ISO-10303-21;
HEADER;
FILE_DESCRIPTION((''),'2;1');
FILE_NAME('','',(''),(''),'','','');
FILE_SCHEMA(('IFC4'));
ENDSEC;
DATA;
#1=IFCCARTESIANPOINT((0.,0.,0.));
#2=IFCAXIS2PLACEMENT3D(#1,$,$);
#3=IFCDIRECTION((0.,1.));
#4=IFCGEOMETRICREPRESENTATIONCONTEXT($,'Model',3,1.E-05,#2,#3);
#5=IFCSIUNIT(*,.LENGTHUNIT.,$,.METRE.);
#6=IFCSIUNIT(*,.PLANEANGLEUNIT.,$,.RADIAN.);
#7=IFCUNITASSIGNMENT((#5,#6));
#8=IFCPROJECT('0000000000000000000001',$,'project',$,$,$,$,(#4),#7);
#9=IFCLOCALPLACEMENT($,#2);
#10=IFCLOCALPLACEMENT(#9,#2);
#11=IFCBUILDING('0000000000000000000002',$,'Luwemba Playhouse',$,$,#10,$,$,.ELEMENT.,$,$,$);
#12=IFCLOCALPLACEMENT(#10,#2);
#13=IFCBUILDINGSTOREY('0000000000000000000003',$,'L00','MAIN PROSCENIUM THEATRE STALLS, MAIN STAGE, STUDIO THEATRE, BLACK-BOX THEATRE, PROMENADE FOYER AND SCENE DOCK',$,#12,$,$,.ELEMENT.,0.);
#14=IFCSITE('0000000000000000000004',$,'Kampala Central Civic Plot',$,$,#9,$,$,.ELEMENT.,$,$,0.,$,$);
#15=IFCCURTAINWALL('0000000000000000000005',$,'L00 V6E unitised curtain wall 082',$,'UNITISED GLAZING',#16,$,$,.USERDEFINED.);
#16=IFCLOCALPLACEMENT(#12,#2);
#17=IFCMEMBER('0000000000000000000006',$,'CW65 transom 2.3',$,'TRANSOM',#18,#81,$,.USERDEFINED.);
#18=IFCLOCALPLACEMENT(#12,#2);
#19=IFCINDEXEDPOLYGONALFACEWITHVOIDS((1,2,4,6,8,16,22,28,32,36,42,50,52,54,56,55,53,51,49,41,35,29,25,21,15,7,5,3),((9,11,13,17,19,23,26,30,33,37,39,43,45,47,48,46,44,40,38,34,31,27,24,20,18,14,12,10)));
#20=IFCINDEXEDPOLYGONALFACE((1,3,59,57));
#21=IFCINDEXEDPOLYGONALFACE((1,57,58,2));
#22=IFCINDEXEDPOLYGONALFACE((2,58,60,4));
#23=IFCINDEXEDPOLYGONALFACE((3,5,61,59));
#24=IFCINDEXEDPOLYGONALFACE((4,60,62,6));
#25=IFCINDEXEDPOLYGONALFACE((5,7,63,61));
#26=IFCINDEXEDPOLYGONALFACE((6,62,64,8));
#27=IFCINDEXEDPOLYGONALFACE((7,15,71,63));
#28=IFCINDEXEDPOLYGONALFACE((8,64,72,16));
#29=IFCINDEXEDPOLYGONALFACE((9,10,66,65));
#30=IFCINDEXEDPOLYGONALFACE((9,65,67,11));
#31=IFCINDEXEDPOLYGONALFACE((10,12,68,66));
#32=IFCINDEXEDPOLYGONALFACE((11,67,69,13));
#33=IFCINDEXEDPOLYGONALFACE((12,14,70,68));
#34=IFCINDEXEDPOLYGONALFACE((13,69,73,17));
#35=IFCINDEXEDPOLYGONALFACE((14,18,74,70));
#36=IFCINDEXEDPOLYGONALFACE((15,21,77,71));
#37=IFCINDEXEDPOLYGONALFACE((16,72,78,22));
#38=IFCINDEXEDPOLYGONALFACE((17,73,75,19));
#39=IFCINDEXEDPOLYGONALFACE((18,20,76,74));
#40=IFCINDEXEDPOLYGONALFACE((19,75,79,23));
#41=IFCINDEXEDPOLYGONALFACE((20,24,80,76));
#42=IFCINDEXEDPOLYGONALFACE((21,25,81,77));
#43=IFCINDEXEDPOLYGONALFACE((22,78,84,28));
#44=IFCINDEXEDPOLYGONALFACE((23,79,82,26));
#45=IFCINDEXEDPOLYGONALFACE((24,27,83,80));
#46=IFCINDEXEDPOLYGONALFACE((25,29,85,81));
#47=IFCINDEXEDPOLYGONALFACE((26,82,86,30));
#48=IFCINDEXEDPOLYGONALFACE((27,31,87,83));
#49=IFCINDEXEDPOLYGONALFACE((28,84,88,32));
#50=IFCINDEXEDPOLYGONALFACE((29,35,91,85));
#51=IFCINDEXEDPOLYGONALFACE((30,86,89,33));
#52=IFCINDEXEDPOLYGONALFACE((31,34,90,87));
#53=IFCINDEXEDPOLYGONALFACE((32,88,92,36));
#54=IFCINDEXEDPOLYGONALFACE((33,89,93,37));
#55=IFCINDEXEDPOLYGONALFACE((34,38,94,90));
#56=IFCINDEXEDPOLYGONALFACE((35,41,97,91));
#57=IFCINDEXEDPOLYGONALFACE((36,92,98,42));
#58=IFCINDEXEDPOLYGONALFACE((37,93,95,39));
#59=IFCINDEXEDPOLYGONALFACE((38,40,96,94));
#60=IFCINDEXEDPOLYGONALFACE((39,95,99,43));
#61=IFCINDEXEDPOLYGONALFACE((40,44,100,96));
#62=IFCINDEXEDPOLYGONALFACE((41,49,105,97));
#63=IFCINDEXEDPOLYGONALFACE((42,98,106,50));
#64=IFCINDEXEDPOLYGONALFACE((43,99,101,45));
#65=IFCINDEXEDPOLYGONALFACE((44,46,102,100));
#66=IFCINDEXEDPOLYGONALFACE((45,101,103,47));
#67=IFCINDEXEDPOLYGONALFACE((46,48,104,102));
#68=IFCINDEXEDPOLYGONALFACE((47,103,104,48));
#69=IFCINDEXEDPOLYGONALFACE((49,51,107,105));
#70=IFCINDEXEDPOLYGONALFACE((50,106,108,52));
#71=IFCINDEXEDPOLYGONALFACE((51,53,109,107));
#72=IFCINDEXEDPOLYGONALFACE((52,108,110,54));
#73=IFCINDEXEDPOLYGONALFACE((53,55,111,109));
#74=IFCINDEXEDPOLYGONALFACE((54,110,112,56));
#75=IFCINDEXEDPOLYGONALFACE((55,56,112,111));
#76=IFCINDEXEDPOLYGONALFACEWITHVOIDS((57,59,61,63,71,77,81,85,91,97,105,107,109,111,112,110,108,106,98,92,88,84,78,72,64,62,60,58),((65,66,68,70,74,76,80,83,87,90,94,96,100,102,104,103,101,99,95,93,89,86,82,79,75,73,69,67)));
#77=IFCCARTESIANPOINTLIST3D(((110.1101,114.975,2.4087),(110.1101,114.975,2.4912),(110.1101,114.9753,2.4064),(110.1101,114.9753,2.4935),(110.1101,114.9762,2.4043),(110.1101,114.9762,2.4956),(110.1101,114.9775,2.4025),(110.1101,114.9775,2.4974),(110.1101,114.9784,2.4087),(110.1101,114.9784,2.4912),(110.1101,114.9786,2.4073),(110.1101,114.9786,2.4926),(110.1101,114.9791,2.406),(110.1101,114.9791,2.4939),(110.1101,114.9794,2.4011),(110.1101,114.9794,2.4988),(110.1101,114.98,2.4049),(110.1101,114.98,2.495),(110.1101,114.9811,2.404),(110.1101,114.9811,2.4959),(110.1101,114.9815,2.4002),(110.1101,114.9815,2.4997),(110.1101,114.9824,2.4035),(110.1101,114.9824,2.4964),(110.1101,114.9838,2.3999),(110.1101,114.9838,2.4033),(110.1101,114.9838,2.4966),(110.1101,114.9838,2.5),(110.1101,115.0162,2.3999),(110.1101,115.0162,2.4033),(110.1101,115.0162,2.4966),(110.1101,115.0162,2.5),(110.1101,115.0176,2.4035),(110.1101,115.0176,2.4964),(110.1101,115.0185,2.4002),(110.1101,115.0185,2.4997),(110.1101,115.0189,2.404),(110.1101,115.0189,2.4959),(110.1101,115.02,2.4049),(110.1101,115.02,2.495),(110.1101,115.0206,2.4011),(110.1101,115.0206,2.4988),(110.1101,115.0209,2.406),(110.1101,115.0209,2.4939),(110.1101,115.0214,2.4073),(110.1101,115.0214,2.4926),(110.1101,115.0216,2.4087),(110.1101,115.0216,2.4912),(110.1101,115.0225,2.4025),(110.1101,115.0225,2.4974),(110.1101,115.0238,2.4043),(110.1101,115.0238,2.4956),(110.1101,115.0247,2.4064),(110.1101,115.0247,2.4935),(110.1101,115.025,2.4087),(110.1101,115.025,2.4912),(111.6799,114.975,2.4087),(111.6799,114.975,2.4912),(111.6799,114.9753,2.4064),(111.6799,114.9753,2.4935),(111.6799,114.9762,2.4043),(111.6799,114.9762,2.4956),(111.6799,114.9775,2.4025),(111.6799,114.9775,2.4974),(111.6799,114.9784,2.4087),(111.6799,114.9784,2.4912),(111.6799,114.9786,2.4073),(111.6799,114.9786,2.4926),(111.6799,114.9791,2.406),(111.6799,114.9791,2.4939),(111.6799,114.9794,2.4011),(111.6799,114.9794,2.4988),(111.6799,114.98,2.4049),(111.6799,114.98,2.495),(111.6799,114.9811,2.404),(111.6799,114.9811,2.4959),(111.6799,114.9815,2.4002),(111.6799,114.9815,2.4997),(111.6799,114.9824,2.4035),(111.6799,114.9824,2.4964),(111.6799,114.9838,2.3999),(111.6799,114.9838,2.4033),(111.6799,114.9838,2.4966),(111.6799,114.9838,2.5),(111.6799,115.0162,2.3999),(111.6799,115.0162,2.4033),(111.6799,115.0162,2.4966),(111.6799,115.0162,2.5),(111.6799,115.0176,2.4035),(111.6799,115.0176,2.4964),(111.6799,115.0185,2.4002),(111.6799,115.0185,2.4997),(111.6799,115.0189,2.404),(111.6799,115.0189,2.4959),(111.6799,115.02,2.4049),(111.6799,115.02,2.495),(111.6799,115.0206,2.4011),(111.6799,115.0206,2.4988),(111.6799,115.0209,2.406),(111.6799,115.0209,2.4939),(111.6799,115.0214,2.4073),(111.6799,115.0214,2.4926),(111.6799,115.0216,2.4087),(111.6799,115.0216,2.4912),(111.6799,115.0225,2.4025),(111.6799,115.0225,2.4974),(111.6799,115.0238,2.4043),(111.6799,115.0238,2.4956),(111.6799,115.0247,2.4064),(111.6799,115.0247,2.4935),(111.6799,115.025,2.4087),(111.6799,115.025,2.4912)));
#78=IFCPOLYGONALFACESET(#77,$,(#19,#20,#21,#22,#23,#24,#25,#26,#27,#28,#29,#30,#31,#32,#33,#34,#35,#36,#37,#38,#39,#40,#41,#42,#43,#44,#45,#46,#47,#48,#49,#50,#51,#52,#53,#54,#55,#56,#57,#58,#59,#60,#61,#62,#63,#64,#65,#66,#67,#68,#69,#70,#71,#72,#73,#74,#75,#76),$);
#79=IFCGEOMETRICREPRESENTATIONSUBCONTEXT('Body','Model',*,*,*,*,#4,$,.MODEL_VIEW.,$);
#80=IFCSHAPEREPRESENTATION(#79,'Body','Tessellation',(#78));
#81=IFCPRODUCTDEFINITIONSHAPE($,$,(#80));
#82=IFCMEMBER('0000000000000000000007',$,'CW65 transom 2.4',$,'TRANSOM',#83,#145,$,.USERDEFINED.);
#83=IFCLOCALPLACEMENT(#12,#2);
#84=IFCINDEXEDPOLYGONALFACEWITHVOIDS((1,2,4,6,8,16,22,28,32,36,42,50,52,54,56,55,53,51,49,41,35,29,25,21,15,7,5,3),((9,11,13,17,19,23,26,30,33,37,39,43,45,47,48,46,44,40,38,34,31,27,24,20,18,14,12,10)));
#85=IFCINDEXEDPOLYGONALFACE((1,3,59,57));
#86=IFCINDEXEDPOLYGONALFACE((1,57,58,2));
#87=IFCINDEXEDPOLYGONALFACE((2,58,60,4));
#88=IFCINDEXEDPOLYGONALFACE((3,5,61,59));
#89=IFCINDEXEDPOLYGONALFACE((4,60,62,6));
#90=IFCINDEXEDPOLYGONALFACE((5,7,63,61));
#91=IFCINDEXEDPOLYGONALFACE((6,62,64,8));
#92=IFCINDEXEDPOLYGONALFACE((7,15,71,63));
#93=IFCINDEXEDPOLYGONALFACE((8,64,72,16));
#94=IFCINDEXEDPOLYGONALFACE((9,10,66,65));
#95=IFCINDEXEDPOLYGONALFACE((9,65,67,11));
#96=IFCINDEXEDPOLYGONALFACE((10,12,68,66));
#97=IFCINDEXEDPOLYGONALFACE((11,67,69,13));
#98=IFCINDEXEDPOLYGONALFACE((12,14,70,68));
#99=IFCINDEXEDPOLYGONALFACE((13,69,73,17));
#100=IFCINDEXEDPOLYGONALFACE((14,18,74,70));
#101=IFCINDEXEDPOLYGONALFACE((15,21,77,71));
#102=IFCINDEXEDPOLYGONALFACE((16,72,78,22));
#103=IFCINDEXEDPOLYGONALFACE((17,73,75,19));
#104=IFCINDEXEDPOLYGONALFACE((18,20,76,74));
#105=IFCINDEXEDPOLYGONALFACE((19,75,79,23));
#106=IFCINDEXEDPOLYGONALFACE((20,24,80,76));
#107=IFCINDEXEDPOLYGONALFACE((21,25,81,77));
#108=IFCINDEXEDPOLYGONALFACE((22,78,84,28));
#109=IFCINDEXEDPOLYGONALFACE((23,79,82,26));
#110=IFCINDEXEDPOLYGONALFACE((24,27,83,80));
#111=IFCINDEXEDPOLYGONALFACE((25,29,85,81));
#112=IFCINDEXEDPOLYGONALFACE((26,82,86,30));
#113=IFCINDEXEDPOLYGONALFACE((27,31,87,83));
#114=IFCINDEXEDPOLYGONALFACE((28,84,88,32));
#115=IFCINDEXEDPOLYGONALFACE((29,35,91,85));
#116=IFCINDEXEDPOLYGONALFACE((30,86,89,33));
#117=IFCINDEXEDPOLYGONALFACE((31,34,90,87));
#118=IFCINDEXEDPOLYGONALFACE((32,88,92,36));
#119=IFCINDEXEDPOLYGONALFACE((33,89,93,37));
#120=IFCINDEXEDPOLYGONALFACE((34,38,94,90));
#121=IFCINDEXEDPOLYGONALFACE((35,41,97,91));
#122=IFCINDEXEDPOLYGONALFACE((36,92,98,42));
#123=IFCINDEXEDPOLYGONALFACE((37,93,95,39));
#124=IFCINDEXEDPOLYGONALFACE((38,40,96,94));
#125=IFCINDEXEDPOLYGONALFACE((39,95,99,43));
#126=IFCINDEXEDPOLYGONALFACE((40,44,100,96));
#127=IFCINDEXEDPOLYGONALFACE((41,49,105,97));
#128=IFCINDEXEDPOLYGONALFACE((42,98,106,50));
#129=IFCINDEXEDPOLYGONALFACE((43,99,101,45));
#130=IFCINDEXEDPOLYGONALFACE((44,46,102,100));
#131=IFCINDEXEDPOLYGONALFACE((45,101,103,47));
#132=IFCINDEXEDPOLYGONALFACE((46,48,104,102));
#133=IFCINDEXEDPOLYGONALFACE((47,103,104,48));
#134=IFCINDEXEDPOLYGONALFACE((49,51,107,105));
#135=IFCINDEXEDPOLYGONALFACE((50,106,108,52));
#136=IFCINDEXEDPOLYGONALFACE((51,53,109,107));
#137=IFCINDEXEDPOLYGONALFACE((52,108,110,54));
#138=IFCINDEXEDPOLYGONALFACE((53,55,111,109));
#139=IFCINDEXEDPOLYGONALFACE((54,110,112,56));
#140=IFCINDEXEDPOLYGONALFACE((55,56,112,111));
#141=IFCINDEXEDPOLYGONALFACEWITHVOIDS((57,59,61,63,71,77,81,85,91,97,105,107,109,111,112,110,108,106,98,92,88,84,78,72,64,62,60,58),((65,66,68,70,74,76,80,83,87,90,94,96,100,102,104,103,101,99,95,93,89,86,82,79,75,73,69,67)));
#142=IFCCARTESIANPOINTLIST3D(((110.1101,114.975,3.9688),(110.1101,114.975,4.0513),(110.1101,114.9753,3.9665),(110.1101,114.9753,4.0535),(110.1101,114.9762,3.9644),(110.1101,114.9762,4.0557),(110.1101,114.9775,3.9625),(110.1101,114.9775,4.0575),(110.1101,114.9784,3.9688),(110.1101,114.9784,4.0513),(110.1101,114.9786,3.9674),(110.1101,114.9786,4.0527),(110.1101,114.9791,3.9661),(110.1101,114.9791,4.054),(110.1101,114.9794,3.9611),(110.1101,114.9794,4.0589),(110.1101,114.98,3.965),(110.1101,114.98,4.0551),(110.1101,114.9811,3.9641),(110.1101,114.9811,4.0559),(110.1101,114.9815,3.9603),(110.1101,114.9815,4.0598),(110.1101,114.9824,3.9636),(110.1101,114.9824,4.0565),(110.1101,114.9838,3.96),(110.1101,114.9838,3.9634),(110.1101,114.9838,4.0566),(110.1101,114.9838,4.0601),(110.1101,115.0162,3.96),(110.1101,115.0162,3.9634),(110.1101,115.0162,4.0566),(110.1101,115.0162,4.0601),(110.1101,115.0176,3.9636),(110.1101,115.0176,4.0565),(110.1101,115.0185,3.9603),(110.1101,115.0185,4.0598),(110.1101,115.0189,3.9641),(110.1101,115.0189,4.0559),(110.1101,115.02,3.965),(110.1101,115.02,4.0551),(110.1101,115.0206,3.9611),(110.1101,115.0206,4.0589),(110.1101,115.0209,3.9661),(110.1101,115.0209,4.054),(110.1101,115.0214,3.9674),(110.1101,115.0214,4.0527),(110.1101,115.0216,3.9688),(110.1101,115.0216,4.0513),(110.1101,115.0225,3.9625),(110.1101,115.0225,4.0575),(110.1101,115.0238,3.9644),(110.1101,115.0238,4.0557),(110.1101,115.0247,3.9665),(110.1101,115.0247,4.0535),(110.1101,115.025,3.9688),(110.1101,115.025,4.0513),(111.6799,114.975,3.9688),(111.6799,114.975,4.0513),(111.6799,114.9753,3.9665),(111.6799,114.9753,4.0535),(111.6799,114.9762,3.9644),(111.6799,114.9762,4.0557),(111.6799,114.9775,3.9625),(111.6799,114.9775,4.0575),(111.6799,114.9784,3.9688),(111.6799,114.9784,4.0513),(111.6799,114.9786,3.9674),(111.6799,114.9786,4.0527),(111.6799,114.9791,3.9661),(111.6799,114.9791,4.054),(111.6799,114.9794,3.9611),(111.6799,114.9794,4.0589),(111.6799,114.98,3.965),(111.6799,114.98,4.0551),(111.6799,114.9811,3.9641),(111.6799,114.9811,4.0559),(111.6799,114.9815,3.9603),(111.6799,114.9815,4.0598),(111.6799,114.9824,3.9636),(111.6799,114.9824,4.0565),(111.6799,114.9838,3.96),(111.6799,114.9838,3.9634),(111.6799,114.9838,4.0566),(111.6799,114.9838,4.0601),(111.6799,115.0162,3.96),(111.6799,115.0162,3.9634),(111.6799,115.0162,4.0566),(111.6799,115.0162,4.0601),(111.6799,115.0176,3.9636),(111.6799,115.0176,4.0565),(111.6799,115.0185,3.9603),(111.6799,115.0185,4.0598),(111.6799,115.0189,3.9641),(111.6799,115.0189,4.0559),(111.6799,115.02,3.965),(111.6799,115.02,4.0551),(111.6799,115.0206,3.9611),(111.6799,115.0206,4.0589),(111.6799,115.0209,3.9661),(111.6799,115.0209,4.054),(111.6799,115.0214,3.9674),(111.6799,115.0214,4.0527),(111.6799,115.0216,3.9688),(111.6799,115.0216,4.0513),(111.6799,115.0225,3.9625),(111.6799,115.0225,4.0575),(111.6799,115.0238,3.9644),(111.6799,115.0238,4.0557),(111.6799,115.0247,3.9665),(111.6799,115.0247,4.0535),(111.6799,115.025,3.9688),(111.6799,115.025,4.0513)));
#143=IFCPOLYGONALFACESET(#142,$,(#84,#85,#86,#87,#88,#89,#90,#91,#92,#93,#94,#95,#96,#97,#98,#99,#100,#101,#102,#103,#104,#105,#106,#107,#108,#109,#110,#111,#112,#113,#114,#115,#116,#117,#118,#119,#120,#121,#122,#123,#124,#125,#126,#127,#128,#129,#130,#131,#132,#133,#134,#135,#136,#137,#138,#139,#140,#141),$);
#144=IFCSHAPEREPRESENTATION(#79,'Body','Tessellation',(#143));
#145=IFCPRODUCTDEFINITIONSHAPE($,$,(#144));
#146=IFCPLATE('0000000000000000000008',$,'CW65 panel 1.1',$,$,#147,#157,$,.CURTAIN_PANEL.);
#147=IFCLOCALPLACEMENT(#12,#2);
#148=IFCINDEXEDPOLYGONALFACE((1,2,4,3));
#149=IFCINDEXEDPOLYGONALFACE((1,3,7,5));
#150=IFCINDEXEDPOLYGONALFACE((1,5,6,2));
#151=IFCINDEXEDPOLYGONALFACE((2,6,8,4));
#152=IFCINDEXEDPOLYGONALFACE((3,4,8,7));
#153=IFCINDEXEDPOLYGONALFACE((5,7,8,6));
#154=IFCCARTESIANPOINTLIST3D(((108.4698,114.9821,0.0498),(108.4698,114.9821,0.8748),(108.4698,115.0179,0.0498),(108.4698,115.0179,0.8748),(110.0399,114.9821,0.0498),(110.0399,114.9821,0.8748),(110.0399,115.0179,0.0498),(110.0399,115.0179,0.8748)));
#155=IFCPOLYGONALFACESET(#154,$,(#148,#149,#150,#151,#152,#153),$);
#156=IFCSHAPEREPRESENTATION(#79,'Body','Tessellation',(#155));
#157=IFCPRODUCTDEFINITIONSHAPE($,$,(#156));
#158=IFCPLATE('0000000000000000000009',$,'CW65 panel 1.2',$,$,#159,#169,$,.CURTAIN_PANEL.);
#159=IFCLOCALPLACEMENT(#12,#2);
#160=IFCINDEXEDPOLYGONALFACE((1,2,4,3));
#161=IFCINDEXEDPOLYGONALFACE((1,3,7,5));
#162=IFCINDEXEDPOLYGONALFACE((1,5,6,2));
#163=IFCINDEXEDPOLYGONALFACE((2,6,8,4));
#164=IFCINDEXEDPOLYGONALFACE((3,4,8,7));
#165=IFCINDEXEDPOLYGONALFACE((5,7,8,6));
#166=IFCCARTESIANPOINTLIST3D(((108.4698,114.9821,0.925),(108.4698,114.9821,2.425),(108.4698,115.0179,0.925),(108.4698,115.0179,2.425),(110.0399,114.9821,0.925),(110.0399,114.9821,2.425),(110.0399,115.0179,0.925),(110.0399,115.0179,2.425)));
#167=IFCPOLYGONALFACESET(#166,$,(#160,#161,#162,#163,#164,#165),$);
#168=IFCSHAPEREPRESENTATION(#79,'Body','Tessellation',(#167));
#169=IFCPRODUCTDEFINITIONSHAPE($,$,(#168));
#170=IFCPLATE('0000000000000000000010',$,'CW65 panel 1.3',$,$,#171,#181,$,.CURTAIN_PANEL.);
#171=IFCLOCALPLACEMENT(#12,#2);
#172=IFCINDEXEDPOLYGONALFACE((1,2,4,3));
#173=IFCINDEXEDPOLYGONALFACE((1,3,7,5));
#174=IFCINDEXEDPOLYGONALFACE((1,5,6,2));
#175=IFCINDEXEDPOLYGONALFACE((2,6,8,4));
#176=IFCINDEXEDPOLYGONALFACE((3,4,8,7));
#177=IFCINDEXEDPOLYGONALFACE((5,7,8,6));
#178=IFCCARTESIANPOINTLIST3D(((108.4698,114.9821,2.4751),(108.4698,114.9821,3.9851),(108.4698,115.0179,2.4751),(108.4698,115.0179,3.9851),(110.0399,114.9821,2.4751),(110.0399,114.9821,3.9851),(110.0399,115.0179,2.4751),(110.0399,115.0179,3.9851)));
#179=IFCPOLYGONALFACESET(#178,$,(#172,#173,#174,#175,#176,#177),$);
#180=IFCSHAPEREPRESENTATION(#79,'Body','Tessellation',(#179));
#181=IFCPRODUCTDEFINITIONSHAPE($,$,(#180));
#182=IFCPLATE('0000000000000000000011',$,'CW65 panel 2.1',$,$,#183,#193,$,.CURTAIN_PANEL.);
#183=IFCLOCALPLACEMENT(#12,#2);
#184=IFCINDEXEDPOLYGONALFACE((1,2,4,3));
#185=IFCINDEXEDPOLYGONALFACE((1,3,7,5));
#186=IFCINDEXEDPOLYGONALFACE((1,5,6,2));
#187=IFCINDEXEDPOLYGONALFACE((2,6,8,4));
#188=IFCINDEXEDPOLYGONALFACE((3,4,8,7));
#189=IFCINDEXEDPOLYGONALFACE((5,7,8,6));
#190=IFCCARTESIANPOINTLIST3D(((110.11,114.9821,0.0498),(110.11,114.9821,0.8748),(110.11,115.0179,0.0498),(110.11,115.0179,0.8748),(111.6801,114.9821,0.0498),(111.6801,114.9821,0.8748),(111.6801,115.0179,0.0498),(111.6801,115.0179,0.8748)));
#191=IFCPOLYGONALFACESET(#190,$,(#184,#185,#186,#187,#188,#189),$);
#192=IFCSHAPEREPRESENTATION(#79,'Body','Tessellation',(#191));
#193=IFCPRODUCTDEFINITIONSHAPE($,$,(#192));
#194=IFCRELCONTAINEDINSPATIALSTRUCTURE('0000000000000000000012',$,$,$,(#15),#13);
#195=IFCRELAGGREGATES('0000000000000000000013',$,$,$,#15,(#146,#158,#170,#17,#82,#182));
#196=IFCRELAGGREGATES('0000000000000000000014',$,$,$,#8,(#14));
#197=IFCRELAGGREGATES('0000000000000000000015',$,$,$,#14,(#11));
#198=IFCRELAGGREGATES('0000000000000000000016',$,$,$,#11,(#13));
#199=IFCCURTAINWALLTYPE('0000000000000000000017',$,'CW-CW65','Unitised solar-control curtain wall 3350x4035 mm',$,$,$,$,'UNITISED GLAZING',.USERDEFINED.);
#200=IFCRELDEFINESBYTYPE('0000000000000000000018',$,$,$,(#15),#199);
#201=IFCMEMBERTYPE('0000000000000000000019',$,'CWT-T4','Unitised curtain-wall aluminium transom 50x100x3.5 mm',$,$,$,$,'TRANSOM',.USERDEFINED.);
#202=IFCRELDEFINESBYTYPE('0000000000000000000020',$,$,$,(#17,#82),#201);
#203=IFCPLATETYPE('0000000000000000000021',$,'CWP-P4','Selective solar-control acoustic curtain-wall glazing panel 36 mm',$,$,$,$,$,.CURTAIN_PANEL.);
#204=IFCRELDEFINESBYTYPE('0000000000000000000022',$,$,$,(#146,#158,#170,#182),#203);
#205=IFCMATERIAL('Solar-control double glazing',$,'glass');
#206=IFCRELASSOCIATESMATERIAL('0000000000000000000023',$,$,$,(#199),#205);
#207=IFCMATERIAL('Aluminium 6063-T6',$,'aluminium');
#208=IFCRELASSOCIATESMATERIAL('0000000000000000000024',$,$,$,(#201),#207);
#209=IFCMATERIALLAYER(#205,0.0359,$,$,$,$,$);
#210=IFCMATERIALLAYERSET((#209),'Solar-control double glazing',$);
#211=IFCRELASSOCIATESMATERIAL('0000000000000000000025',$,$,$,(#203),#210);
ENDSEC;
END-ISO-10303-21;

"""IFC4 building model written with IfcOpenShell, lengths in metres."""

from ifc_helpers import new_model, si_unit, direction, frame, origin, origin_2d, place, context, subcontext, project, spatial, rectangle, hollow_rectangle, extrude, material, layer, layer_set, material_profile, profile_set, type_object, element, aggregate, save


model = new_model("IFC4")

# Units and contexts
model_context = context("Model", 3, precision=1e-05, world=origin(), true_north=direction((0.0, 1.0)))
body_context = subcontext(model_context, "Body", "Model", "MODEL_VIEW")
ifc_project = project(units=[si_unit("LENGTHUNIT", "METRE"), si_unit("PLANEANGLEUNIT", "RADIAN")], contexts=[model_context])

# Site, building, storey
site_placement = place(None, origin())
site = spatial("IfcSite", under=ifc_project, at=site_placement, Name="Kampala Central Civic Plot", CompositionType="ELEMENT", RefElevation=0.0)
building_placement = place(site_placement, origin())
building = spatial("IfcBuilding", under=site, at=building_placement, Name="Luwemba Playhouse", CompositionType="ELEMENT")
storey_placement = place(building_placement, origin())
storey = spatial("IfcBuildingStorey", under=building, at=storey_placement, Name="L00", Description="MAIN PROSCENIUM THEATRE STALLS, MAIN STAGE, STUDIO THEATRE, BLACK-BOX THEATRE, PROMENADE FOYER AND SCENE DOCK", CompositionType="ELEMENT", Elevation=0.0)

# Curtain wall, members, plates
ifc_material_1 = material(Name="Solar-control double glazing", Category="glass")
curtain_wall_type = type_object("IfcCurtainWallType", Name="CW-CW65", Description="Unitised solar-control curtain wall 3350x4035 mm", ElementType="UNITISED GLAZING", PredefinedType="USERDEFINED", material=ifc_material_1)
curtain_wall_placement = place(storey_placement, origin())
curtain_wall = element("IfcCurtainWall", 1, at=curtain_wall_placement, inside=storey, type_object=curtain_wall_type, Name="L00 V6E unitised curtain wall 082", ObjectType="UNITISED GLAZING", PredefinedType="USERDEFINED")
ifc_material_2 = material(Name="Aluminium 6063-T6", Category="aluminium")
ifc_material_profile_1 = material_profile(ifc_material_2, hollow_rectangle(XDim=0.05, YDim=0.1001, WallThickness=0.0034, InnerFilletRadius=0.0054, OuterFilletRadius=0.0088, at=origin_2d()))
ifc_profile_set_1 = profile_set([ifc_material_profile_1], Name="Aluminium 6063-T6")
member_type_1 = type_object("IfcMemberType", Name="CWT-T4", Description="Unitised curtain-wall aluminium transom 50x100x3.5 mm", ElementType="TRANSOM", PredefinedType="USERDEFINED", material=ifc_profile_set_1)
member_1_placement = place(storey_placement, frame((110.1101, 115.0, 2.45), z_axis=(1.0, 0.0, 0.0), x_axis=(0.0, 1.0, 0.0)))
member_1 = element("IfcMember", 2, at=member_1_placement, type_object=member_type_1, Name="CW65 transom 2.3", ObjectType="TRANSOM", PredefinedType="USERDEFINED", context=body_context, shape_type="SweptSolid", body=[
    extrude(hollow_rectangle(XDim=0.05, YDim=0.1001, WallThickness=0.0034, InnerFilletRadius=0.0054, OuterFilletRadius=0.0088, at=origin_2d()), origin(), (0.0, 0.0, 1.0), 1.5698),
])
member_2_placement = place(storey_placement, frame((110.1101, 115.0, 4.01), z_axis=(1.0, 0.0, 0.0), x_axis=(0.0, 1.0, 0.0)))
member_2 = element("IfcMember", 3, at=member_2_placement, type_object=member_type_1, Name="CW65 transom 2.4", ObjectType="TRANSOM", PredefinedType="USERDEFINED", context=body_context, shape_type="SweptSolid", body=[
    extrude(hollow_rectangle(XDim=0.05, YDim=0.1001, WallThickness=0.0034, InnerFilletRadius=0.0054, OuterFilletRadius=0.0088, at=origin_2d()), origin(), (0.0, 0.0, 1.0), 1.5698),
])
ifc_layer_1 = layer(ifc_material_1, 0.0359)
ifc_layer_set_1 = layer_set([ifc_layer_1], Name="Solar-control double glazing")
plate_type = type_object("IfcPlateType", Name="CWP-P4", Description="Selective solar-control acoustic curtain-wall glazing panel 36 mm", PredefinedType="CURTAIN_PANEL", material=ifc_layer_set_1)
plate_1_placement = place(storey_placement, frame((109.2549, 115.0, 0.0498), z_axis=(0.0, 0.0, 1.0), x_axis=(1.0, 0.0, 0.0)))
plate_1 = element("IfcPlate", 4, at=plate_1_placement, type_object=plate_type, Name="CW65 panel 1.1", PredefinedType="CURTAIN_PANEL", context=body_context, shape_type="SweptSolid", body=[
    extrude(rectangle(XDim=1.5701, YDim=0.0359, at=origin_2d()), origin(), (0.0, 0.0, 1.0), 0.825),
])
plate_2_placement = place(storey_placement, frame((109.2549, 115.0, 0.925), z_axis=(0.0, 0.0, 1.0), x_axis=(1.0, 0.0, 0.0)))
plate_2 = element("IfcPlate", 5, at=plate_2_placement, type_object=plate_type, Name="CW65 panel 1.2", PredefinedType="CURTAIN_PANEL", context=body_context, shape_type="SweptSolid", body=[
    extrude(rectangle(XDim=1.5701, YDim=0.0359, at=origin_2d()), origin(), (0.0, 0.0, 1.0), 1.5),
])
plate_3_placement = place(storey_placement, frame((109.2549, 115.0, 2.4751), z_axis=(0.0, 0.0, 1.0), x_axis=(1.0, 0.0, 0.0)))
plate_3 = element("IfcPlate", 6, at=plate_3_placement, type_object=plate_type, Name="CW65 panel 1.3", PredefinedType="CURTAIN_PANEL", context=body_context, shape_type="SweptSolid", body=[
    extrude(rectangle(XDim=1.5701, YDim=0.0359, at=origin_2d()), origin(), (0.0, 0.0, 1.0), 1.51),
])
plate_4_placement = place(storey_placement, frame((110.895, 115.0, 0.0498), z_axis=(0.0, 0.0, 1.0), x_axis=(1.0, 0.0, 0.0)))
plate_4 = element("IfcPlate", 7, at=plate_4_placement, type_object=plate_type, Name="CW65 panel 2.1", PredefinedType="CURTAIN_PANEL", context=body_context, shape_type="SweptSolid", body=[
    extrude(rectangle(XDim=1.5701, YDim=0.0359, at=origin_2d()), origin(), (0.0, 0.0, 1.0), 0.825),
])
aggregate(curtain_wall, [plate_1, plate_2, plate_3, member_1, member_2, plate_4])

save(model, "model.ifc")
